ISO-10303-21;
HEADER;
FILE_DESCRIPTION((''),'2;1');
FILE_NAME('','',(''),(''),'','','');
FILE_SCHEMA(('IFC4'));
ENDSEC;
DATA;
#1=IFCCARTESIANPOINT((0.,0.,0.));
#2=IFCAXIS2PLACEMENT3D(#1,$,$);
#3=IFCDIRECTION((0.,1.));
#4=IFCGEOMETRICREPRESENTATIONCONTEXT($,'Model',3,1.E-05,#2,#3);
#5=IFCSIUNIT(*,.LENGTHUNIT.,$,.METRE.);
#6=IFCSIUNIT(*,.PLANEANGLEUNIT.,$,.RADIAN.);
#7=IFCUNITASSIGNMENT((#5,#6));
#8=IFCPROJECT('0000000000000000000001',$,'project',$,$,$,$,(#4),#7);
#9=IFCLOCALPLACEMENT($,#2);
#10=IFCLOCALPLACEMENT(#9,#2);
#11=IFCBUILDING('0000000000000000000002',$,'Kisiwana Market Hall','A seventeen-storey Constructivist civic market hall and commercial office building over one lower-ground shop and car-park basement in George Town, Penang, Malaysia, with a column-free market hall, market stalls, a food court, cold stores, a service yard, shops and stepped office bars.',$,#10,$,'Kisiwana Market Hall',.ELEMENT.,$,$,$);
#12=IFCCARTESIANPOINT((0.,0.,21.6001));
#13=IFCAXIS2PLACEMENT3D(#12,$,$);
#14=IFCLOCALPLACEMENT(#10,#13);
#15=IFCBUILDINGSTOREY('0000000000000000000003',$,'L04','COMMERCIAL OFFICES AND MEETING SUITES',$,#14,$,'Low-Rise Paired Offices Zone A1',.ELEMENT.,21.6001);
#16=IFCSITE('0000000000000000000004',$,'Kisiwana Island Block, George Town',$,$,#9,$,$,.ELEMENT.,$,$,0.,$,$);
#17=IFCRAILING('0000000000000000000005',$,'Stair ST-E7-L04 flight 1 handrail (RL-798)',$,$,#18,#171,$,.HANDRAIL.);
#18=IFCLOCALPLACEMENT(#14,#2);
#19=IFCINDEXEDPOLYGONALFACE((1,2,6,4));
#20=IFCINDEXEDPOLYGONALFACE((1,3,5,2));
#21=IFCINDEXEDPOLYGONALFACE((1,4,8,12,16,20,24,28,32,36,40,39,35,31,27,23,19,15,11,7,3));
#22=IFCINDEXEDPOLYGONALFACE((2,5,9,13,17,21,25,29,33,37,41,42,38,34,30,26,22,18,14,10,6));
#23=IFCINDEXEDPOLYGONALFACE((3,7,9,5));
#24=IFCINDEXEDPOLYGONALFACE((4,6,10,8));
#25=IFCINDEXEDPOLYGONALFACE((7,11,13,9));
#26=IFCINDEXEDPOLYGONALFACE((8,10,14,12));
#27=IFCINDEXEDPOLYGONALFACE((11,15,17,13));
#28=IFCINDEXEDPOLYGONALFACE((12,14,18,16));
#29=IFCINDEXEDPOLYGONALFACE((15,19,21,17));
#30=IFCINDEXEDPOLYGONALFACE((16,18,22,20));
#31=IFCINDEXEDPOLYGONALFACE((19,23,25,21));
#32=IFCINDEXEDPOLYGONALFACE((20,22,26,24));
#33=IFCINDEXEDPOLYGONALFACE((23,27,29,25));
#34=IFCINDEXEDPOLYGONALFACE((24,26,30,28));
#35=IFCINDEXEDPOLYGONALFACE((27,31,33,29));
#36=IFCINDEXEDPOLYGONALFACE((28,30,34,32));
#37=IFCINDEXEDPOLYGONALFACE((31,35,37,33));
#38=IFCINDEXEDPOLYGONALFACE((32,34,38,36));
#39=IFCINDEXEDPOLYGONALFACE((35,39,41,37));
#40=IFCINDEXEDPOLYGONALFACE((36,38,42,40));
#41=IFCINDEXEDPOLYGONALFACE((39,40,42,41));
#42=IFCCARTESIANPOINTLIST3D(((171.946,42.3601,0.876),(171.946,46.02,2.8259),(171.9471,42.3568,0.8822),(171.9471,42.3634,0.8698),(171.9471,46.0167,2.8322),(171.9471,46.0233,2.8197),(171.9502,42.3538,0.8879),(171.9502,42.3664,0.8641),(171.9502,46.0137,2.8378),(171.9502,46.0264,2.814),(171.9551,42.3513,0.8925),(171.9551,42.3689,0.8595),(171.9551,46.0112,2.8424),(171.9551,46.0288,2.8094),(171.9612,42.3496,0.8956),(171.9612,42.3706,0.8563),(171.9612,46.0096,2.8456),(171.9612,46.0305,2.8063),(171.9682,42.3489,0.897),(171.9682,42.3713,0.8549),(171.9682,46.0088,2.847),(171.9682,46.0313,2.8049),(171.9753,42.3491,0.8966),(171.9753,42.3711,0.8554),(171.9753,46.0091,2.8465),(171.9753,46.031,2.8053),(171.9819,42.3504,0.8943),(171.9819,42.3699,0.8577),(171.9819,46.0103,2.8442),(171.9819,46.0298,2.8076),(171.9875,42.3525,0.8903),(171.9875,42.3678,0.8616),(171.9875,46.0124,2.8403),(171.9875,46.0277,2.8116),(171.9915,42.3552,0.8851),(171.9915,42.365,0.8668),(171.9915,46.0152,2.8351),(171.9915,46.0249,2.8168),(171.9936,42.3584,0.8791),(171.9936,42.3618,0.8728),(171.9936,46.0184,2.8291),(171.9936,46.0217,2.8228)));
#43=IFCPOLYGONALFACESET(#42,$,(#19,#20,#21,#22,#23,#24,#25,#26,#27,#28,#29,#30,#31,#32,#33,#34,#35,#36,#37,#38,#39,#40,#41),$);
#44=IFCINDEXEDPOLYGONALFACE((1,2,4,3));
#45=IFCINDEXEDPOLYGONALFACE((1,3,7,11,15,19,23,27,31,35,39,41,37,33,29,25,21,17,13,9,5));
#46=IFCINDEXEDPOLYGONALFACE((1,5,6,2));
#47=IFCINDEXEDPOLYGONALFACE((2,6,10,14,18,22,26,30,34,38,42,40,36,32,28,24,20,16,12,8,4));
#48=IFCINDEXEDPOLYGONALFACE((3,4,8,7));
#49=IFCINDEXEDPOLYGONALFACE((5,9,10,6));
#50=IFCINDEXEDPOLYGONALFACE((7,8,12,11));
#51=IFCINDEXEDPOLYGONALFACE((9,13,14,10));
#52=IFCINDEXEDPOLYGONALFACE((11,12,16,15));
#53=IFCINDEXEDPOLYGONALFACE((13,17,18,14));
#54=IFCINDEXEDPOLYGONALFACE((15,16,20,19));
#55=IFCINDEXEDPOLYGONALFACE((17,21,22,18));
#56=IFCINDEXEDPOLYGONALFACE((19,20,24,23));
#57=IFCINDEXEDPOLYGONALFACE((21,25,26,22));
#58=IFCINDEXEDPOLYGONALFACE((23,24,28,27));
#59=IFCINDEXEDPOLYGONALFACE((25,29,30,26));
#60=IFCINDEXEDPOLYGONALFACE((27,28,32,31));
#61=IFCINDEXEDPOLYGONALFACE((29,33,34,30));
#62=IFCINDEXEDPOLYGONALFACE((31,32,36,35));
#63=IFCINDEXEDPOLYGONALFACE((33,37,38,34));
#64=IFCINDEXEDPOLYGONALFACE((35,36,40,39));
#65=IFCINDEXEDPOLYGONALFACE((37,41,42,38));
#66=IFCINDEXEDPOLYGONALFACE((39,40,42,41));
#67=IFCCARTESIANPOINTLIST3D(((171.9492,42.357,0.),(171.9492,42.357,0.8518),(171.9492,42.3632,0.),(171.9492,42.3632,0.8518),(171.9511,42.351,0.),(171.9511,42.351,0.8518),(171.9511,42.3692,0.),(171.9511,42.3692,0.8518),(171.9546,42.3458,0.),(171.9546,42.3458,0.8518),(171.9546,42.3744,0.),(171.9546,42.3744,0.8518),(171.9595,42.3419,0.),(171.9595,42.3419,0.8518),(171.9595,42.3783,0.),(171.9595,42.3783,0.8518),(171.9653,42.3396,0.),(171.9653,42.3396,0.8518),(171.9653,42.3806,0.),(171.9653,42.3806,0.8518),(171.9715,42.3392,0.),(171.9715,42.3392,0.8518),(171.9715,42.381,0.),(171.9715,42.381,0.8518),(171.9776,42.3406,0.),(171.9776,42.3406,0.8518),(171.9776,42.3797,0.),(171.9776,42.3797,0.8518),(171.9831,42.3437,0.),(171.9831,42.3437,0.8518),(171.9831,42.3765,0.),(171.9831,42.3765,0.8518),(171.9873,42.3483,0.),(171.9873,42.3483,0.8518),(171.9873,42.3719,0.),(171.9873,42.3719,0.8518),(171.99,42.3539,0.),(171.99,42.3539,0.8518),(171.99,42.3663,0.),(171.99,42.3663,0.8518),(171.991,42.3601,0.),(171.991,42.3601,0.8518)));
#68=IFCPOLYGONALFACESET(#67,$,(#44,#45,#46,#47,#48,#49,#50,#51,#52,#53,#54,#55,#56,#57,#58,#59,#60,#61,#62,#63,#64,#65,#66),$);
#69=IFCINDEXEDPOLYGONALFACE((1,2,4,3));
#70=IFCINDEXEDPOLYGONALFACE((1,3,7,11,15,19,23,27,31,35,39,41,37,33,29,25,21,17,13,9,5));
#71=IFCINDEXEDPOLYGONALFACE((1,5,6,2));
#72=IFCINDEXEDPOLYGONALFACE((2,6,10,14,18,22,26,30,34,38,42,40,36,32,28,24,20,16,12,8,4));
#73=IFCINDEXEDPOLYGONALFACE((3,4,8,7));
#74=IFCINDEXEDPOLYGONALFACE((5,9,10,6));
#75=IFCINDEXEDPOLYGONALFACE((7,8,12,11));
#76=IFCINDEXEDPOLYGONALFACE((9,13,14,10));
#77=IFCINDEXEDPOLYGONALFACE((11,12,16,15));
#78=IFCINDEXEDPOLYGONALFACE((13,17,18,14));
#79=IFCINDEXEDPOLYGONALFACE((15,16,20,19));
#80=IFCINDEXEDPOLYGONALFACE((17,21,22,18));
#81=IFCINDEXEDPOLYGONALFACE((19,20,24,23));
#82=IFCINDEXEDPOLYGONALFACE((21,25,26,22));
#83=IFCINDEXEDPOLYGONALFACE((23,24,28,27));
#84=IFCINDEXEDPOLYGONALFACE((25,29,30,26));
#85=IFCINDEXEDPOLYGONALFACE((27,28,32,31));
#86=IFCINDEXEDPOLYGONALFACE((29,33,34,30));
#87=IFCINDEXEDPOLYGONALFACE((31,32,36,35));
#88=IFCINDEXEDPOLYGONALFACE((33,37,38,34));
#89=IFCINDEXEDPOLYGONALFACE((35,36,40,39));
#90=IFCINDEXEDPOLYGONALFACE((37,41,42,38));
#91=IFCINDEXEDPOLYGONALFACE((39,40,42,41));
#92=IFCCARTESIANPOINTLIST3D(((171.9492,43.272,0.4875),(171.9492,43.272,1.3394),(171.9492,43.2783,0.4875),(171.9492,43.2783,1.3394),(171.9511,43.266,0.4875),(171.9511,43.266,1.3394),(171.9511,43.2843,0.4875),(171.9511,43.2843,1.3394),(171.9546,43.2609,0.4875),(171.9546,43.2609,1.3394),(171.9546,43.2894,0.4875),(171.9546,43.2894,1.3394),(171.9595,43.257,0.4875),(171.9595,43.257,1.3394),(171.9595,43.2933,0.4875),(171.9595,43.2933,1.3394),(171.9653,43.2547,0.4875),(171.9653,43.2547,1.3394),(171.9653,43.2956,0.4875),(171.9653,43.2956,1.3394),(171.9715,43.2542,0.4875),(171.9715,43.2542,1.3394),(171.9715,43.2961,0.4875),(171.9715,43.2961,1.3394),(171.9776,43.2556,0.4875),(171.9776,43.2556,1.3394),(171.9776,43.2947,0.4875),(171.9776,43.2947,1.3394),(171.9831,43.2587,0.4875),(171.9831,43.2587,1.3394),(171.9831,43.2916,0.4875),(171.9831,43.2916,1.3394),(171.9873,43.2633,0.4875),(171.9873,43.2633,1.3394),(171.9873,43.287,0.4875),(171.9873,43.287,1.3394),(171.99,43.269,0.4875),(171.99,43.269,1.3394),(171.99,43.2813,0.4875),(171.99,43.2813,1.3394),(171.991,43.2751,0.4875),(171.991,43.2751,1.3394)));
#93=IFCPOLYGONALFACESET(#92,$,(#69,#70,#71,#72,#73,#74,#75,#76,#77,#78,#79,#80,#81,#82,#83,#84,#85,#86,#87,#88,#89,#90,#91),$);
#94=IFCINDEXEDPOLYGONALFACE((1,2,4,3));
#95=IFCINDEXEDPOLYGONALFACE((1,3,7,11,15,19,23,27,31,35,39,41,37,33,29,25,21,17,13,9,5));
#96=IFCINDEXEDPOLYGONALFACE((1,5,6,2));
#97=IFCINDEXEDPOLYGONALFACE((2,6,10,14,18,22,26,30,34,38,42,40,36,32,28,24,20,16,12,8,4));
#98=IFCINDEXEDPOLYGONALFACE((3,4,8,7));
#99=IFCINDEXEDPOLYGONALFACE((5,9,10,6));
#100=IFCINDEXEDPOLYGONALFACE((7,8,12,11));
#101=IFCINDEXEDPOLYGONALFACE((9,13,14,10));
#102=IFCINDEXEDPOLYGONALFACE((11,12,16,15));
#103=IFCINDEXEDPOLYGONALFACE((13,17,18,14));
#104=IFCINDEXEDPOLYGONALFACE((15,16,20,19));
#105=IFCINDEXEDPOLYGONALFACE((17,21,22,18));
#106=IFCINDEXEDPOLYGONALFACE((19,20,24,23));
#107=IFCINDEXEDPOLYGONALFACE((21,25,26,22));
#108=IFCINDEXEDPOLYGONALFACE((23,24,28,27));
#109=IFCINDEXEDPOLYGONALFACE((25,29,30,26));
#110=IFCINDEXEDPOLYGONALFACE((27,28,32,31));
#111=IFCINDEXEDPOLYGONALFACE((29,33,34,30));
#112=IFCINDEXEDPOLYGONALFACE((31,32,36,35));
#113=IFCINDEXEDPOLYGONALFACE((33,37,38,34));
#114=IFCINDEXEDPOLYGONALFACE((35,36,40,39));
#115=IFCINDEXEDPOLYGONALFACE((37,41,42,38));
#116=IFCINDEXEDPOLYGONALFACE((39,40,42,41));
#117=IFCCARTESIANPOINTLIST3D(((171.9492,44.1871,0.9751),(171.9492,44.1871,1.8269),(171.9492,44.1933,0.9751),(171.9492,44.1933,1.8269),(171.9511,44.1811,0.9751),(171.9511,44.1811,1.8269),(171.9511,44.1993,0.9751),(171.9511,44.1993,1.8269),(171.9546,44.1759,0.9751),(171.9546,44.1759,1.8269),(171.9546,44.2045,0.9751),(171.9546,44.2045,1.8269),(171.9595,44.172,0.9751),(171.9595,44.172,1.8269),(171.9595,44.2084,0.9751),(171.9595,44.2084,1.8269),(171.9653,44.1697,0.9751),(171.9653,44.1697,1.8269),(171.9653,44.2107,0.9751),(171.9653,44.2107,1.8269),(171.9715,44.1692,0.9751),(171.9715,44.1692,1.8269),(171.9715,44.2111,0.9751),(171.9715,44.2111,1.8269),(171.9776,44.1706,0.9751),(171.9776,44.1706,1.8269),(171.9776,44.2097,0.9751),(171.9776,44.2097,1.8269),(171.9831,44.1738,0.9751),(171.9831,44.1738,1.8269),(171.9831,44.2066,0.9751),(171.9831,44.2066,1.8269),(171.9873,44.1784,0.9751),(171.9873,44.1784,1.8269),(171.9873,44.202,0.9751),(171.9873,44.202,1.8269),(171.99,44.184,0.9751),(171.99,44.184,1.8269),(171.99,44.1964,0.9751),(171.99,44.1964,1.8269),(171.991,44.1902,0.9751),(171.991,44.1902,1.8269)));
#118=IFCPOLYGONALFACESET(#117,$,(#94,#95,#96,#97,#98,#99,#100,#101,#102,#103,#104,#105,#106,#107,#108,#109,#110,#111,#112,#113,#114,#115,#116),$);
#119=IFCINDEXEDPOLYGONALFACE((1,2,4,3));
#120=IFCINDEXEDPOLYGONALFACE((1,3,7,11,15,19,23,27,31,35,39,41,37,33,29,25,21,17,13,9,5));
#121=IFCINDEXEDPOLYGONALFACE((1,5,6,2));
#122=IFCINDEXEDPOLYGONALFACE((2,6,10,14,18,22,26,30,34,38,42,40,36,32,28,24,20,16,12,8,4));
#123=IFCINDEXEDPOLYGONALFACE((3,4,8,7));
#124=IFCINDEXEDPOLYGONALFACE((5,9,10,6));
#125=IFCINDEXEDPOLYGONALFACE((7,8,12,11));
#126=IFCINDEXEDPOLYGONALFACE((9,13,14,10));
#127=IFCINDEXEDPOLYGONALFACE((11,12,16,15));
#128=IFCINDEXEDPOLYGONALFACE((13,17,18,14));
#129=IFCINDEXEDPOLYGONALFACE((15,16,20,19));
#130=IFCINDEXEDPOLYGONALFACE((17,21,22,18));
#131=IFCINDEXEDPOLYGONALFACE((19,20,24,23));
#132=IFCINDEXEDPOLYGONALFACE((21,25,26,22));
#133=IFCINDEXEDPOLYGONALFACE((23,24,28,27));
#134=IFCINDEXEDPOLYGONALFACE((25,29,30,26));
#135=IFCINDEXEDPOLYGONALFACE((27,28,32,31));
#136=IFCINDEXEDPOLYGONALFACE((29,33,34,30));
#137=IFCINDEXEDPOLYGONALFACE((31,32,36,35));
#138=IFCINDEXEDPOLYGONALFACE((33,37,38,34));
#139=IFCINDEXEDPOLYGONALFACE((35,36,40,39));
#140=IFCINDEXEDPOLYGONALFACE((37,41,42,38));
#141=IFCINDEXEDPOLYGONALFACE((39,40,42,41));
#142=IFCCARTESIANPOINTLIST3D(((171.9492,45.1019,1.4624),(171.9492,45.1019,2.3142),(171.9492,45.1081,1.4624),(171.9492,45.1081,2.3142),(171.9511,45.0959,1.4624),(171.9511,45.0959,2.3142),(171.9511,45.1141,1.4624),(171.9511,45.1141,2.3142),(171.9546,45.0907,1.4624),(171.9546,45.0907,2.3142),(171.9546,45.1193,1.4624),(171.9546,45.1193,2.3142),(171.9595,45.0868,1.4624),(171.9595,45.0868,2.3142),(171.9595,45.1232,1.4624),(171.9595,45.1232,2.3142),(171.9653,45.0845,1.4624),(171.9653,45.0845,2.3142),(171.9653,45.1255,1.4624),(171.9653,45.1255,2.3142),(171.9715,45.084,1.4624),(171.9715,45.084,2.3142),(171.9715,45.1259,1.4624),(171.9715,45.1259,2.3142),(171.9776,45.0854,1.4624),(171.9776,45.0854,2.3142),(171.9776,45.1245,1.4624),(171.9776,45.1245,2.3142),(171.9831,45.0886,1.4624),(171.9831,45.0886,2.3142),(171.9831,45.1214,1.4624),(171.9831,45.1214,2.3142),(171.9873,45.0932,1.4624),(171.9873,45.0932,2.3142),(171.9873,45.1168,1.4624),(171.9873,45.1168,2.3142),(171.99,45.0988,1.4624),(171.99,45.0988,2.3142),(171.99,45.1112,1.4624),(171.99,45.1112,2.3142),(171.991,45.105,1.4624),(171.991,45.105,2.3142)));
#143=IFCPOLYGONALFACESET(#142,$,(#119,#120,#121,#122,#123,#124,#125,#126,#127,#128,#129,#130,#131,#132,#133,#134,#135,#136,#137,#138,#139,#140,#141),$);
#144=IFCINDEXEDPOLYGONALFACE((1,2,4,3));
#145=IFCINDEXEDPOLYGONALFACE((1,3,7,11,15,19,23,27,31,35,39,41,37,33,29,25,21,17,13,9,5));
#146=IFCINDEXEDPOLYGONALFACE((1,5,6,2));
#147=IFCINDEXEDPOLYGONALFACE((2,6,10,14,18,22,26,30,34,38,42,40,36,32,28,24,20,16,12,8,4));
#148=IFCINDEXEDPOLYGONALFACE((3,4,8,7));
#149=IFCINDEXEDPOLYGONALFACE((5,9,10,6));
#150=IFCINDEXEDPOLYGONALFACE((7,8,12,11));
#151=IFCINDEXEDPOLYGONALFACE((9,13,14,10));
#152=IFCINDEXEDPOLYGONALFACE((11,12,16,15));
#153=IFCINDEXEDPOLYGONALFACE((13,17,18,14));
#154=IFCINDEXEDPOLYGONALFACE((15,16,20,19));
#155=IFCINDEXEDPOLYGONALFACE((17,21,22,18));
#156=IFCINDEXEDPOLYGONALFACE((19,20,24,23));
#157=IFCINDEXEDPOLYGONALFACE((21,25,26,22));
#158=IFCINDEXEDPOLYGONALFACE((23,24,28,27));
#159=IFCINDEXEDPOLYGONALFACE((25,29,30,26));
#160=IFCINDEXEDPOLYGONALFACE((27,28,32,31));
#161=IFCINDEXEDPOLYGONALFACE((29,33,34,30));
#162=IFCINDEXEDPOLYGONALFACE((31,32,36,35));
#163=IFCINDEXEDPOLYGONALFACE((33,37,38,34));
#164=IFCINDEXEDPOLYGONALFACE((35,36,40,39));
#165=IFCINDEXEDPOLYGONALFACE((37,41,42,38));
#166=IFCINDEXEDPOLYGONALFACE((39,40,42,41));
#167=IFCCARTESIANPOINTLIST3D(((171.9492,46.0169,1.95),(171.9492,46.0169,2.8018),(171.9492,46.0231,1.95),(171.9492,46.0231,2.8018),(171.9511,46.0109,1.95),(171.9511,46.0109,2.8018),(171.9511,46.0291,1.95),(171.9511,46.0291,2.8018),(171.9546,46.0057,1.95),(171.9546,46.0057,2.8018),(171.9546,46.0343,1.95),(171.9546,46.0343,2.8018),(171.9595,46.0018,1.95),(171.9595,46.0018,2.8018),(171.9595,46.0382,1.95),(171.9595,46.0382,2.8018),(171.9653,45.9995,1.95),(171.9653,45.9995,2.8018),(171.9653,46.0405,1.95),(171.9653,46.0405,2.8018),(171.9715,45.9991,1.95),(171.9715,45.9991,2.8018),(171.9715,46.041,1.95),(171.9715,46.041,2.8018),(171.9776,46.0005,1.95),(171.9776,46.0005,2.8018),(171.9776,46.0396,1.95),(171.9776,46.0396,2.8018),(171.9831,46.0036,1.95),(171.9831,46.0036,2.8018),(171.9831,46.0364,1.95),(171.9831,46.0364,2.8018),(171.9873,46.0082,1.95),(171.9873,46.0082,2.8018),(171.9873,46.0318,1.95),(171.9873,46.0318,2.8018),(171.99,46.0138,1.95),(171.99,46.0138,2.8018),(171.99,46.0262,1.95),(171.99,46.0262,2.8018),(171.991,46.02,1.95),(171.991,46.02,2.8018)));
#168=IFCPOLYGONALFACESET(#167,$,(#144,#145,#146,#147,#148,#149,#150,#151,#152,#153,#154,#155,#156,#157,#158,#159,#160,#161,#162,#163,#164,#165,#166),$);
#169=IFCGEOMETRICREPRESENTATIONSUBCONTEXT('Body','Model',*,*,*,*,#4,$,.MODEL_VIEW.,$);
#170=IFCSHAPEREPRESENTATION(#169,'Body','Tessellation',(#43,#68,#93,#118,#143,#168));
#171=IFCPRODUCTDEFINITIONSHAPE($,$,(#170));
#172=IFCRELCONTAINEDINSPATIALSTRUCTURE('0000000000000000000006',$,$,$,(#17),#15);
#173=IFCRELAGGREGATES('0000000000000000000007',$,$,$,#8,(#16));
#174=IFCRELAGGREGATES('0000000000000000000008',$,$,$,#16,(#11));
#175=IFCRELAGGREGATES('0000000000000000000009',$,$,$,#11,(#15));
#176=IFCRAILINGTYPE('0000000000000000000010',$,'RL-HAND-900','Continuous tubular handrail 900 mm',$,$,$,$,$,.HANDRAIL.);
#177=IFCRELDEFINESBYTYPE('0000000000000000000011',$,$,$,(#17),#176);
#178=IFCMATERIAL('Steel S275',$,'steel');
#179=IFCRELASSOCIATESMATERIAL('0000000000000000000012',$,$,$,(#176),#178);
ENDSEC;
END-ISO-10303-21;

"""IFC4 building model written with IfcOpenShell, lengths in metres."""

from ifc_helpers import new_model, si_unit, direction, frame, origin, origin_2d, place, context, subcontext, project, spatial, circle, extrude, material, type_object, element, save


model = new_model("IFC4")

# Units and contexts
model_context = context("Model", 3, precision=1e-05, world=origin(), true_north=direction((0.0, 1.0)))
body_context = subcontext(model_context, "Body", "Model", "MODEL_VIEW")
ifc_project = project(units=[si_unit("LENGTHUNIT", "METRE"), si_unit("PLANEANGLEUNIT", "RADIAN")], contexts=[model_context])

# Site, building, storey
site_placement = place(None, origin())
site = spatial("IfcSite", under=ifc_project, at=site_placement, Name="Kisiwana Island Block, George Town", CompositionType="ELEMENT", RefElevation=0.0)
building_placement = place(site_placement, origin())
building = spatial("IfcBuilding", under=site, at=building_placement, Name="Kisiwana Market Hall", Description="A seventeen-storey Constructivist civic market hall and commercial office building over one lower-ground shop and car-park basement in George Town, Penang, Malaysia, with a column-free market hall, market stalls, a food court, cold stores, a service yard, shops and stepped office bars.", LongName="Kisiwana Market Hall", CompositionType="ELEMENT")
storey_placement = place(building_placement, frame((0.0, 0.0, 21.6001)))
storey = spatial("IfcBuildingStorey", under=building, at=storey_placement, Name="L04", Description="COMMERCIAL OFFICES AND MEETING SUITES", LongName="Low-Rise Paired Offices Zone A1", CompositionType="ELEMENT", Elevation=21.6001)

# Railing
ifc_material_1 = material(Name="Steel S275", Category="steel")
railing_type_1 = type_object("IfcRailingType", Name="RL-HAND-900", Description="Continuous tubular handrail 900 mm", PredefinedType="HANDRAIL", material=ifc_material_1)
for number, where, name in (
    (1, (171.97, 42.3601, 0.0), "Stair ST-E7-L04 flight 1 handrail (RL-798)"),
):
    element("IfcRailing", number, at=place(storey_placement, frame(where)), inside=storey, type_object=railing_type_1, Name=name, PredefinedType="HANDRAIL", context=body_context, shape_type="SweptSolid", body=[
        extrude(circle(Radius=0.0239, at=origin_2d()), frame((0.0, 0.0, 0.876), z_axis=(0.0, 0.882553, 0.470212), x_axis=(-1.0, 0.0, 0.0)), (0.0, 0.0, 1.0), 4.147),
        extrude(circle(Radius=0.021, at=origin_2d()), origin(), (0.0, 0.0, 1.0), 0.8518),
        extrude(circle(Radius=0.021, at=origin_2d()), frame((0.0, 0.915, 0.4875)), (0.0, 0.0, 1.0), 0.8518),
        extrude(circle(Radius=0.021, at=origin_2d()), frame((0.0, 1.8301, 0.9751)), (0.0, 0.0, 1.0), 0.8518),
        extrude(circle(Radius=0.021, at=origin_2d()), frame((0.0, 2.7449, 1.4624)), (0.0, 0.0, 1.0), 0.8518),
        extrude(circle(Radius=0.021, at=origin_2d()), frame((0.0, 3.6599, 1.95)), (0.0, 0.0, 1.0), 0.8518),
    ])

save(model, "model.ifc")
